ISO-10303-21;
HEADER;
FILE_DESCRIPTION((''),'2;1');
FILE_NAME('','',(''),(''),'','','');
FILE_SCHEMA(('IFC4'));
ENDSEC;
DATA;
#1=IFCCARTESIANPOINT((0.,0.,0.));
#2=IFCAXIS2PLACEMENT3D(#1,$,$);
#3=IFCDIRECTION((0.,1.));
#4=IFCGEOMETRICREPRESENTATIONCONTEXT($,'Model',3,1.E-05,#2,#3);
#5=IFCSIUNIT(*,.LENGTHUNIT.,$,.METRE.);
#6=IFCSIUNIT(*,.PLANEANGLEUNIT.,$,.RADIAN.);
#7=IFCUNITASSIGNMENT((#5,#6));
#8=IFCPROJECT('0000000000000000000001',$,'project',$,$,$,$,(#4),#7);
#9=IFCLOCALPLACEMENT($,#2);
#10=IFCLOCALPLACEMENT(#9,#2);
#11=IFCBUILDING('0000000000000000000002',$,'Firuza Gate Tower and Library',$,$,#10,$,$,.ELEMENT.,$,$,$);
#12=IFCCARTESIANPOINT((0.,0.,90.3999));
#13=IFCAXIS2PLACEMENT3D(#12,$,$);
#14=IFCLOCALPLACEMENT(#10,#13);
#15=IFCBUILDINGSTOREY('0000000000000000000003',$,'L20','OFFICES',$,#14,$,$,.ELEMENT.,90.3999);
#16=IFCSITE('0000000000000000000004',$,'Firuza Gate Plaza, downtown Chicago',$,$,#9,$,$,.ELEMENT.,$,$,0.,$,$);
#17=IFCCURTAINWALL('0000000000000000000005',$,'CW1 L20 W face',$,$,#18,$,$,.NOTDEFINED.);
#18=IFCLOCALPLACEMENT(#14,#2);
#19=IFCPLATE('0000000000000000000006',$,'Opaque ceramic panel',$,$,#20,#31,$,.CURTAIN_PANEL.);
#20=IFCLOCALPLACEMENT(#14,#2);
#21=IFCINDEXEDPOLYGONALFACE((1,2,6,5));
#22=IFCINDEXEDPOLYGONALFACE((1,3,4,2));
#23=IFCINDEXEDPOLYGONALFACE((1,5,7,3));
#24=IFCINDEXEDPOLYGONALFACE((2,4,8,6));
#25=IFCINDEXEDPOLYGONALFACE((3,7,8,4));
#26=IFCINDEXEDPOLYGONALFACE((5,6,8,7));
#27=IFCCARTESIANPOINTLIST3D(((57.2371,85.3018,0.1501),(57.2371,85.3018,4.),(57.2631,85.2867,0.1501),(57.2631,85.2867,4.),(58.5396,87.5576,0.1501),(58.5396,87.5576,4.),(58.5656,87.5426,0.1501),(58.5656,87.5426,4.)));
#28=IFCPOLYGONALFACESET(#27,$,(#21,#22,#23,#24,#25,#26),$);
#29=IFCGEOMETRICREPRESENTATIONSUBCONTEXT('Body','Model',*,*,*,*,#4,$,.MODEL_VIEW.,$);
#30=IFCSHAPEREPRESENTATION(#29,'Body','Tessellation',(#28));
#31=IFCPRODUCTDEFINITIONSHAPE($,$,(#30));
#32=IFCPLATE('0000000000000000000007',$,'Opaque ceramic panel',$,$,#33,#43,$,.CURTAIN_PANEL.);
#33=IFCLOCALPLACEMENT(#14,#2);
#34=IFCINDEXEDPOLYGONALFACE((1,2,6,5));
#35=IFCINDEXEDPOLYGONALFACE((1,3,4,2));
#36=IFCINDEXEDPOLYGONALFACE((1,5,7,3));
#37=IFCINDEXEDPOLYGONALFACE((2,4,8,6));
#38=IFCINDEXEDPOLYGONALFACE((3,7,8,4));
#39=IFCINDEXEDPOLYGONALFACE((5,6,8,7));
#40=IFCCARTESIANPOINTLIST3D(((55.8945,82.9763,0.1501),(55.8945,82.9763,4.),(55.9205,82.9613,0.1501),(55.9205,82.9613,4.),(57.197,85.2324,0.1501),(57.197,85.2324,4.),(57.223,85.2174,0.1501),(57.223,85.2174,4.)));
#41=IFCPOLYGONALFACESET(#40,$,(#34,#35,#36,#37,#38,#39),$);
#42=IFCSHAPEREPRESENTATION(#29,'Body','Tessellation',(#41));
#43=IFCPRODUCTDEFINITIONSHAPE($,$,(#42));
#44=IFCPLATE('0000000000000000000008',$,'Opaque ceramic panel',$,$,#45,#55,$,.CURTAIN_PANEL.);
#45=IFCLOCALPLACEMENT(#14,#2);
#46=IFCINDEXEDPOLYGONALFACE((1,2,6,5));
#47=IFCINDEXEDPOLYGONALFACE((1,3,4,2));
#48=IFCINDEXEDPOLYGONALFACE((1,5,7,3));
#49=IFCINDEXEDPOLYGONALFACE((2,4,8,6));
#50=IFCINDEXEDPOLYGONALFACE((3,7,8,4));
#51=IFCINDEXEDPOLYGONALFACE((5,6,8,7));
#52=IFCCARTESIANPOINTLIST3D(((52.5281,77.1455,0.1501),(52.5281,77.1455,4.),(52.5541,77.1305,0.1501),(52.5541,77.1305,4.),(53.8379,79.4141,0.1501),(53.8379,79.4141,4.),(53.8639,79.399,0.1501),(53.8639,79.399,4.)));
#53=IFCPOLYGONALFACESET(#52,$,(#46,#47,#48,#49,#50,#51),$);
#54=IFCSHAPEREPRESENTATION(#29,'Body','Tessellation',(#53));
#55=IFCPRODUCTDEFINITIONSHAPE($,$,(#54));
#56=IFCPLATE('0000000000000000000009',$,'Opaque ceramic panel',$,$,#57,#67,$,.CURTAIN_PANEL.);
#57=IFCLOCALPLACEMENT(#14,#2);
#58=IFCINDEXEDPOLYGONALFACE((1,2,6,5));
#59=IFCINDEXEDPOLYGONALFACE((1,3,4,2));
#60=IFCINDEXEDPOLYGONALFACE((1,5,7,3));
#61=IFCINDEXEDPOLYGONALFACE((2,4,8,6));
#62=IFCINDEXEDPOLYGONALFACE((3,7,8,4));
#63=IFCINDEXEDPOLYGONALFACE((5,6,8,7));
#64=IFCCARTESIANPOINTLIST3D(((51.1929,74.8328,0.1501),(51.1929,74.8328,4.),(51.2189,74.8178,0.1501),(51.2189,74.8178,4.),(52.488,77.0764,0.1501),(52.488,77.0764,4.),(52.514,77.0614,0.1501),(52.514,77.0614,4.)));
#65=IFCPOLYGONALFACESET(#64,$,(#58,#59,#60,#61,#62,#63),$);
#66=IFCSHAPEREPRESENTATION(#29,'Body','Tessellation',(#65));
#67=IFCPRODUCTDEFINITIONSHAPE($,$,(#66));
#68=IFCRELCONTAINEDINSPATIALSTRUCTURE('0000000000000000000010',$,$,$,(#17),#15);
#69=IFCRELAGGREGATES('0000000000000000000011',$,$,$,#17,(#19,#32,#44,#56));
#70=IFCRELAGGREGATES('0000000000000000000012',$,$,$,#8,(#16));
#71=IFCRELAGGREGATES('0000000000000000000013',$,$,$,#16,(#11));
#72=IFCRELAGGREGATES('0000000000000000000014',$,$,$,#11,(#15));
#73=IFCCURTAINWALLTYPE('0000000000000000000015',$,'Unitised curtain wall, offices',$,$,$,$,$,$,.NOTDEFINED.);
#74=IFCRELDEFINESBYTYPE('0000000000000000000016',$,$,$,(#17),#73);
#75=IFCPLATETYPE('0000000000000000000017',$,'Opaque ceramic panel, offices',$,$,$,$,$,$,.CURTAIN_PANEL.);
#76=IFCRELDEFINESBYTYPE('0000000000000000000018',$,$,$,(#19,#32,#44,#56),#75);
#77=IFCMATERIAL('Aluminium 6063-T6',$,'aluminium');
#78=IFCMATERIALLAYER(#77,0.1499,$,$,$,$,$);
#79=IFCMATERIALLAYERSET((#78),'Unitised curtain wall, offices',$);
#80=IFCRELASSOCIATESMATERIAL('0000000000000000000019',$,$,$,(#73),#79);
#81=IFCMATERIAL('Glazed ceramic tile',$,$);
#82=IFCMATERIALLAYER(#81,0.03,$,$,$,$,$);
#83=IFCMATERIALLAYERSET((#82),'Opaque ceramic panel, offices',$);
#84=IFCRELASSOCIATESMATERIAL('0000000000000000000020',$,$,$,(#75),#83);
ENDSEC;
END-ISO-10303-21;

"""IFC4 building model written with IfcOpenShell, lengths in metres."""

from ifc_helpers import new_model, si_unit, direction, frame, origin, place, context, subcontext, project, spatial, polyline, outline, extrude, material, layer, layer_set, type_object, element, aggregate, save


model = new_model("IFC4")

# Units and contexts
model_context = context("Model", 3, precision=1e-05, world=origin(), true_north=direction((0.0, 1.0)))
body_context = subcontext(model_context, "Body", "Model", "MODEL_VIEW")
ifc_project = project(units=[si_unit("LENGTHUNIT", "METRE"), si_unit("PLANEANGLEUNIT", "RADIAN")], contexts=[model_context])

# Site, building, storey
site_placement = place(None, origin())
site = spatial("IfcSite", under=ifc_project, at=site_placement, Name="Firuza Gate Plaza, downtown Chicago", CompositionType="ELEMENT", RefElevation=0.0)
building_placement = place(site_placement, origin())
building = spatial("IfcBuilding", under=site, at=building_placement, Name="Firuza Gate Tower and Library", CompositionType="ELEMENT")
storey_placement = place(building_placement, frame((0.0, 0.0, 90.3999)))
storey = spatial("IfcBuildingStorey", under=building, at=storey_placement, Name="L20", Description="OFFICES", CompositionType="ELEMENT", Elevation=90.3999)

# Curtain wall
ifc_material_1 = material(Name="Aluminium 6063-T6", Category="aluminium")
ifc_layer_1 = layer(ifc_material_1, 0.1499)
ifc_layer_set_1 = layer_set([ifc_layer_1], Name="Unitised curtain wall, offices")
curtain_wall_type = type_object("IfcCurtainWallType", Name="Unitised curtain wall, offices", PredefinedType="NOTDEFINED", material=ifc_layer_set_1)
curtain_wall_placement = place(storey_placement, origin())
curtain_wall = element("IfcCurtainWall", 1, at=curtain_wall_placement, inside=storey, type_object=curtain_wall_type, Name="CW1 L20 W face", PredefinedType="NOTDEFINED")

# Plates
ifc_material_2 = material(Name="Glazed ceramic tile")
ifc_layer_2 = layer(ifc_material_2, 0.03)
ifc_layer_set_2 = layer_set([ifc_layer_2], Name="Opaque ceramic panel, offices")
plate_type_1 = type_object("IfcPlateType", Name="Opaque ceramic panel, offices", PredefinedType="CURTAIN_PANEL", material=ifc_layer_set_2)
plate_1_placement = place(storey_placement, frame((58.5396, 87.5576, 0.1501), z_axis=(-0.866014, 0.50002, 0.0), x_axis=(-0.50002, -0.866014, 0.0)))
plate_1 = element("IfcPlate", 2, at=plate_1_placement, type_object=plate_type_1, Name="Opaque ceramic panel", PredefinedType="CURTAIN_PANEL", context=body_context, shape_type="SweptSolid", body=[
    extrude(outline(polyline([(0.0, 0.0), (2.6049, 0.0), (2.6049, 3.8499), (0.0, 3.8499), (0.0, 0.0)])), origin(), (0.0, 0.0, -1.0), 0.03),
])
plate_2_placement = place(storey_placement, frame((57.197, 85.2324, 0.1501), z_axis=(-0.866037, 0.499979, 0.0), x_axis=(-0.499979, -0.866037, 0.0)))
plate_2 = element("IfcPlate", 3, at=plate_2_placement, type_object=plate_type_1, Name="Opaque ceramic panel", PredefinedType="CURTAIN_PANEL", context=body_context, shape_type="SweptSolid", body=[
    extrude(outline(polyline([(0.0, 0.0), (2.6051, 0.0), (2.6051, 3.8499), (0.0, 3.8499), (0.0, 0.0)])), origin(), (0.0, 0.0, -1.0), 0.03),
])
plate_3_placement = place(storey_placement, frame((53.8379, 79.4141, 0.1501), z_axis=(-0.866015, 0.500018, 0.0), x_axis=(-0.500018, -0.866015, 0.0)))
plate_3 = element("IfcPlate", 4, at=plate_3_placement, type_object=plate_type_1, Name="Opaque ceramic panel", PredefinedType="CURTAIN_PANEL", context=body_context, shape_type="SweptSolid", body=[
    extrude(outline(polyline([(0.0, 0.0), (2.6195, 0.0), (2.6195, 3.8499), (0.0, 3.8499), (0.0, 0.0)])), origin(), (0.0, 0.0, -1.0), 0.03),
])
plate_4_placement = place(storey_placement, frame((52.488, 77.0764, 0.1501), z_axis=(-0.86606, 0.49994, 0.0), x_axis=(-0.49994, -0.86606, 0.0)))
plate_4 = element("IfcPlate", 5, at=plate_4_placement, type_object=plate_type_1, Name="Opaque ceramic panel", PredefinedType="CURTAIN_PANEL", context=body_context, shape_type="SweptSolid", body=[
    extrude(outline(polyline([(0.0, 0.0), (2.5906, 0.0), (2.5906, 3.8499), (0.0, 3.8499), (0.0, 0.0)])), origin(), (0.0, 0.0, -1.0), 0.03),
])
aggregate(curtain_wall, [plate_1, plate_2, plate_3, plate_4])

save(model, "model.ifc")
